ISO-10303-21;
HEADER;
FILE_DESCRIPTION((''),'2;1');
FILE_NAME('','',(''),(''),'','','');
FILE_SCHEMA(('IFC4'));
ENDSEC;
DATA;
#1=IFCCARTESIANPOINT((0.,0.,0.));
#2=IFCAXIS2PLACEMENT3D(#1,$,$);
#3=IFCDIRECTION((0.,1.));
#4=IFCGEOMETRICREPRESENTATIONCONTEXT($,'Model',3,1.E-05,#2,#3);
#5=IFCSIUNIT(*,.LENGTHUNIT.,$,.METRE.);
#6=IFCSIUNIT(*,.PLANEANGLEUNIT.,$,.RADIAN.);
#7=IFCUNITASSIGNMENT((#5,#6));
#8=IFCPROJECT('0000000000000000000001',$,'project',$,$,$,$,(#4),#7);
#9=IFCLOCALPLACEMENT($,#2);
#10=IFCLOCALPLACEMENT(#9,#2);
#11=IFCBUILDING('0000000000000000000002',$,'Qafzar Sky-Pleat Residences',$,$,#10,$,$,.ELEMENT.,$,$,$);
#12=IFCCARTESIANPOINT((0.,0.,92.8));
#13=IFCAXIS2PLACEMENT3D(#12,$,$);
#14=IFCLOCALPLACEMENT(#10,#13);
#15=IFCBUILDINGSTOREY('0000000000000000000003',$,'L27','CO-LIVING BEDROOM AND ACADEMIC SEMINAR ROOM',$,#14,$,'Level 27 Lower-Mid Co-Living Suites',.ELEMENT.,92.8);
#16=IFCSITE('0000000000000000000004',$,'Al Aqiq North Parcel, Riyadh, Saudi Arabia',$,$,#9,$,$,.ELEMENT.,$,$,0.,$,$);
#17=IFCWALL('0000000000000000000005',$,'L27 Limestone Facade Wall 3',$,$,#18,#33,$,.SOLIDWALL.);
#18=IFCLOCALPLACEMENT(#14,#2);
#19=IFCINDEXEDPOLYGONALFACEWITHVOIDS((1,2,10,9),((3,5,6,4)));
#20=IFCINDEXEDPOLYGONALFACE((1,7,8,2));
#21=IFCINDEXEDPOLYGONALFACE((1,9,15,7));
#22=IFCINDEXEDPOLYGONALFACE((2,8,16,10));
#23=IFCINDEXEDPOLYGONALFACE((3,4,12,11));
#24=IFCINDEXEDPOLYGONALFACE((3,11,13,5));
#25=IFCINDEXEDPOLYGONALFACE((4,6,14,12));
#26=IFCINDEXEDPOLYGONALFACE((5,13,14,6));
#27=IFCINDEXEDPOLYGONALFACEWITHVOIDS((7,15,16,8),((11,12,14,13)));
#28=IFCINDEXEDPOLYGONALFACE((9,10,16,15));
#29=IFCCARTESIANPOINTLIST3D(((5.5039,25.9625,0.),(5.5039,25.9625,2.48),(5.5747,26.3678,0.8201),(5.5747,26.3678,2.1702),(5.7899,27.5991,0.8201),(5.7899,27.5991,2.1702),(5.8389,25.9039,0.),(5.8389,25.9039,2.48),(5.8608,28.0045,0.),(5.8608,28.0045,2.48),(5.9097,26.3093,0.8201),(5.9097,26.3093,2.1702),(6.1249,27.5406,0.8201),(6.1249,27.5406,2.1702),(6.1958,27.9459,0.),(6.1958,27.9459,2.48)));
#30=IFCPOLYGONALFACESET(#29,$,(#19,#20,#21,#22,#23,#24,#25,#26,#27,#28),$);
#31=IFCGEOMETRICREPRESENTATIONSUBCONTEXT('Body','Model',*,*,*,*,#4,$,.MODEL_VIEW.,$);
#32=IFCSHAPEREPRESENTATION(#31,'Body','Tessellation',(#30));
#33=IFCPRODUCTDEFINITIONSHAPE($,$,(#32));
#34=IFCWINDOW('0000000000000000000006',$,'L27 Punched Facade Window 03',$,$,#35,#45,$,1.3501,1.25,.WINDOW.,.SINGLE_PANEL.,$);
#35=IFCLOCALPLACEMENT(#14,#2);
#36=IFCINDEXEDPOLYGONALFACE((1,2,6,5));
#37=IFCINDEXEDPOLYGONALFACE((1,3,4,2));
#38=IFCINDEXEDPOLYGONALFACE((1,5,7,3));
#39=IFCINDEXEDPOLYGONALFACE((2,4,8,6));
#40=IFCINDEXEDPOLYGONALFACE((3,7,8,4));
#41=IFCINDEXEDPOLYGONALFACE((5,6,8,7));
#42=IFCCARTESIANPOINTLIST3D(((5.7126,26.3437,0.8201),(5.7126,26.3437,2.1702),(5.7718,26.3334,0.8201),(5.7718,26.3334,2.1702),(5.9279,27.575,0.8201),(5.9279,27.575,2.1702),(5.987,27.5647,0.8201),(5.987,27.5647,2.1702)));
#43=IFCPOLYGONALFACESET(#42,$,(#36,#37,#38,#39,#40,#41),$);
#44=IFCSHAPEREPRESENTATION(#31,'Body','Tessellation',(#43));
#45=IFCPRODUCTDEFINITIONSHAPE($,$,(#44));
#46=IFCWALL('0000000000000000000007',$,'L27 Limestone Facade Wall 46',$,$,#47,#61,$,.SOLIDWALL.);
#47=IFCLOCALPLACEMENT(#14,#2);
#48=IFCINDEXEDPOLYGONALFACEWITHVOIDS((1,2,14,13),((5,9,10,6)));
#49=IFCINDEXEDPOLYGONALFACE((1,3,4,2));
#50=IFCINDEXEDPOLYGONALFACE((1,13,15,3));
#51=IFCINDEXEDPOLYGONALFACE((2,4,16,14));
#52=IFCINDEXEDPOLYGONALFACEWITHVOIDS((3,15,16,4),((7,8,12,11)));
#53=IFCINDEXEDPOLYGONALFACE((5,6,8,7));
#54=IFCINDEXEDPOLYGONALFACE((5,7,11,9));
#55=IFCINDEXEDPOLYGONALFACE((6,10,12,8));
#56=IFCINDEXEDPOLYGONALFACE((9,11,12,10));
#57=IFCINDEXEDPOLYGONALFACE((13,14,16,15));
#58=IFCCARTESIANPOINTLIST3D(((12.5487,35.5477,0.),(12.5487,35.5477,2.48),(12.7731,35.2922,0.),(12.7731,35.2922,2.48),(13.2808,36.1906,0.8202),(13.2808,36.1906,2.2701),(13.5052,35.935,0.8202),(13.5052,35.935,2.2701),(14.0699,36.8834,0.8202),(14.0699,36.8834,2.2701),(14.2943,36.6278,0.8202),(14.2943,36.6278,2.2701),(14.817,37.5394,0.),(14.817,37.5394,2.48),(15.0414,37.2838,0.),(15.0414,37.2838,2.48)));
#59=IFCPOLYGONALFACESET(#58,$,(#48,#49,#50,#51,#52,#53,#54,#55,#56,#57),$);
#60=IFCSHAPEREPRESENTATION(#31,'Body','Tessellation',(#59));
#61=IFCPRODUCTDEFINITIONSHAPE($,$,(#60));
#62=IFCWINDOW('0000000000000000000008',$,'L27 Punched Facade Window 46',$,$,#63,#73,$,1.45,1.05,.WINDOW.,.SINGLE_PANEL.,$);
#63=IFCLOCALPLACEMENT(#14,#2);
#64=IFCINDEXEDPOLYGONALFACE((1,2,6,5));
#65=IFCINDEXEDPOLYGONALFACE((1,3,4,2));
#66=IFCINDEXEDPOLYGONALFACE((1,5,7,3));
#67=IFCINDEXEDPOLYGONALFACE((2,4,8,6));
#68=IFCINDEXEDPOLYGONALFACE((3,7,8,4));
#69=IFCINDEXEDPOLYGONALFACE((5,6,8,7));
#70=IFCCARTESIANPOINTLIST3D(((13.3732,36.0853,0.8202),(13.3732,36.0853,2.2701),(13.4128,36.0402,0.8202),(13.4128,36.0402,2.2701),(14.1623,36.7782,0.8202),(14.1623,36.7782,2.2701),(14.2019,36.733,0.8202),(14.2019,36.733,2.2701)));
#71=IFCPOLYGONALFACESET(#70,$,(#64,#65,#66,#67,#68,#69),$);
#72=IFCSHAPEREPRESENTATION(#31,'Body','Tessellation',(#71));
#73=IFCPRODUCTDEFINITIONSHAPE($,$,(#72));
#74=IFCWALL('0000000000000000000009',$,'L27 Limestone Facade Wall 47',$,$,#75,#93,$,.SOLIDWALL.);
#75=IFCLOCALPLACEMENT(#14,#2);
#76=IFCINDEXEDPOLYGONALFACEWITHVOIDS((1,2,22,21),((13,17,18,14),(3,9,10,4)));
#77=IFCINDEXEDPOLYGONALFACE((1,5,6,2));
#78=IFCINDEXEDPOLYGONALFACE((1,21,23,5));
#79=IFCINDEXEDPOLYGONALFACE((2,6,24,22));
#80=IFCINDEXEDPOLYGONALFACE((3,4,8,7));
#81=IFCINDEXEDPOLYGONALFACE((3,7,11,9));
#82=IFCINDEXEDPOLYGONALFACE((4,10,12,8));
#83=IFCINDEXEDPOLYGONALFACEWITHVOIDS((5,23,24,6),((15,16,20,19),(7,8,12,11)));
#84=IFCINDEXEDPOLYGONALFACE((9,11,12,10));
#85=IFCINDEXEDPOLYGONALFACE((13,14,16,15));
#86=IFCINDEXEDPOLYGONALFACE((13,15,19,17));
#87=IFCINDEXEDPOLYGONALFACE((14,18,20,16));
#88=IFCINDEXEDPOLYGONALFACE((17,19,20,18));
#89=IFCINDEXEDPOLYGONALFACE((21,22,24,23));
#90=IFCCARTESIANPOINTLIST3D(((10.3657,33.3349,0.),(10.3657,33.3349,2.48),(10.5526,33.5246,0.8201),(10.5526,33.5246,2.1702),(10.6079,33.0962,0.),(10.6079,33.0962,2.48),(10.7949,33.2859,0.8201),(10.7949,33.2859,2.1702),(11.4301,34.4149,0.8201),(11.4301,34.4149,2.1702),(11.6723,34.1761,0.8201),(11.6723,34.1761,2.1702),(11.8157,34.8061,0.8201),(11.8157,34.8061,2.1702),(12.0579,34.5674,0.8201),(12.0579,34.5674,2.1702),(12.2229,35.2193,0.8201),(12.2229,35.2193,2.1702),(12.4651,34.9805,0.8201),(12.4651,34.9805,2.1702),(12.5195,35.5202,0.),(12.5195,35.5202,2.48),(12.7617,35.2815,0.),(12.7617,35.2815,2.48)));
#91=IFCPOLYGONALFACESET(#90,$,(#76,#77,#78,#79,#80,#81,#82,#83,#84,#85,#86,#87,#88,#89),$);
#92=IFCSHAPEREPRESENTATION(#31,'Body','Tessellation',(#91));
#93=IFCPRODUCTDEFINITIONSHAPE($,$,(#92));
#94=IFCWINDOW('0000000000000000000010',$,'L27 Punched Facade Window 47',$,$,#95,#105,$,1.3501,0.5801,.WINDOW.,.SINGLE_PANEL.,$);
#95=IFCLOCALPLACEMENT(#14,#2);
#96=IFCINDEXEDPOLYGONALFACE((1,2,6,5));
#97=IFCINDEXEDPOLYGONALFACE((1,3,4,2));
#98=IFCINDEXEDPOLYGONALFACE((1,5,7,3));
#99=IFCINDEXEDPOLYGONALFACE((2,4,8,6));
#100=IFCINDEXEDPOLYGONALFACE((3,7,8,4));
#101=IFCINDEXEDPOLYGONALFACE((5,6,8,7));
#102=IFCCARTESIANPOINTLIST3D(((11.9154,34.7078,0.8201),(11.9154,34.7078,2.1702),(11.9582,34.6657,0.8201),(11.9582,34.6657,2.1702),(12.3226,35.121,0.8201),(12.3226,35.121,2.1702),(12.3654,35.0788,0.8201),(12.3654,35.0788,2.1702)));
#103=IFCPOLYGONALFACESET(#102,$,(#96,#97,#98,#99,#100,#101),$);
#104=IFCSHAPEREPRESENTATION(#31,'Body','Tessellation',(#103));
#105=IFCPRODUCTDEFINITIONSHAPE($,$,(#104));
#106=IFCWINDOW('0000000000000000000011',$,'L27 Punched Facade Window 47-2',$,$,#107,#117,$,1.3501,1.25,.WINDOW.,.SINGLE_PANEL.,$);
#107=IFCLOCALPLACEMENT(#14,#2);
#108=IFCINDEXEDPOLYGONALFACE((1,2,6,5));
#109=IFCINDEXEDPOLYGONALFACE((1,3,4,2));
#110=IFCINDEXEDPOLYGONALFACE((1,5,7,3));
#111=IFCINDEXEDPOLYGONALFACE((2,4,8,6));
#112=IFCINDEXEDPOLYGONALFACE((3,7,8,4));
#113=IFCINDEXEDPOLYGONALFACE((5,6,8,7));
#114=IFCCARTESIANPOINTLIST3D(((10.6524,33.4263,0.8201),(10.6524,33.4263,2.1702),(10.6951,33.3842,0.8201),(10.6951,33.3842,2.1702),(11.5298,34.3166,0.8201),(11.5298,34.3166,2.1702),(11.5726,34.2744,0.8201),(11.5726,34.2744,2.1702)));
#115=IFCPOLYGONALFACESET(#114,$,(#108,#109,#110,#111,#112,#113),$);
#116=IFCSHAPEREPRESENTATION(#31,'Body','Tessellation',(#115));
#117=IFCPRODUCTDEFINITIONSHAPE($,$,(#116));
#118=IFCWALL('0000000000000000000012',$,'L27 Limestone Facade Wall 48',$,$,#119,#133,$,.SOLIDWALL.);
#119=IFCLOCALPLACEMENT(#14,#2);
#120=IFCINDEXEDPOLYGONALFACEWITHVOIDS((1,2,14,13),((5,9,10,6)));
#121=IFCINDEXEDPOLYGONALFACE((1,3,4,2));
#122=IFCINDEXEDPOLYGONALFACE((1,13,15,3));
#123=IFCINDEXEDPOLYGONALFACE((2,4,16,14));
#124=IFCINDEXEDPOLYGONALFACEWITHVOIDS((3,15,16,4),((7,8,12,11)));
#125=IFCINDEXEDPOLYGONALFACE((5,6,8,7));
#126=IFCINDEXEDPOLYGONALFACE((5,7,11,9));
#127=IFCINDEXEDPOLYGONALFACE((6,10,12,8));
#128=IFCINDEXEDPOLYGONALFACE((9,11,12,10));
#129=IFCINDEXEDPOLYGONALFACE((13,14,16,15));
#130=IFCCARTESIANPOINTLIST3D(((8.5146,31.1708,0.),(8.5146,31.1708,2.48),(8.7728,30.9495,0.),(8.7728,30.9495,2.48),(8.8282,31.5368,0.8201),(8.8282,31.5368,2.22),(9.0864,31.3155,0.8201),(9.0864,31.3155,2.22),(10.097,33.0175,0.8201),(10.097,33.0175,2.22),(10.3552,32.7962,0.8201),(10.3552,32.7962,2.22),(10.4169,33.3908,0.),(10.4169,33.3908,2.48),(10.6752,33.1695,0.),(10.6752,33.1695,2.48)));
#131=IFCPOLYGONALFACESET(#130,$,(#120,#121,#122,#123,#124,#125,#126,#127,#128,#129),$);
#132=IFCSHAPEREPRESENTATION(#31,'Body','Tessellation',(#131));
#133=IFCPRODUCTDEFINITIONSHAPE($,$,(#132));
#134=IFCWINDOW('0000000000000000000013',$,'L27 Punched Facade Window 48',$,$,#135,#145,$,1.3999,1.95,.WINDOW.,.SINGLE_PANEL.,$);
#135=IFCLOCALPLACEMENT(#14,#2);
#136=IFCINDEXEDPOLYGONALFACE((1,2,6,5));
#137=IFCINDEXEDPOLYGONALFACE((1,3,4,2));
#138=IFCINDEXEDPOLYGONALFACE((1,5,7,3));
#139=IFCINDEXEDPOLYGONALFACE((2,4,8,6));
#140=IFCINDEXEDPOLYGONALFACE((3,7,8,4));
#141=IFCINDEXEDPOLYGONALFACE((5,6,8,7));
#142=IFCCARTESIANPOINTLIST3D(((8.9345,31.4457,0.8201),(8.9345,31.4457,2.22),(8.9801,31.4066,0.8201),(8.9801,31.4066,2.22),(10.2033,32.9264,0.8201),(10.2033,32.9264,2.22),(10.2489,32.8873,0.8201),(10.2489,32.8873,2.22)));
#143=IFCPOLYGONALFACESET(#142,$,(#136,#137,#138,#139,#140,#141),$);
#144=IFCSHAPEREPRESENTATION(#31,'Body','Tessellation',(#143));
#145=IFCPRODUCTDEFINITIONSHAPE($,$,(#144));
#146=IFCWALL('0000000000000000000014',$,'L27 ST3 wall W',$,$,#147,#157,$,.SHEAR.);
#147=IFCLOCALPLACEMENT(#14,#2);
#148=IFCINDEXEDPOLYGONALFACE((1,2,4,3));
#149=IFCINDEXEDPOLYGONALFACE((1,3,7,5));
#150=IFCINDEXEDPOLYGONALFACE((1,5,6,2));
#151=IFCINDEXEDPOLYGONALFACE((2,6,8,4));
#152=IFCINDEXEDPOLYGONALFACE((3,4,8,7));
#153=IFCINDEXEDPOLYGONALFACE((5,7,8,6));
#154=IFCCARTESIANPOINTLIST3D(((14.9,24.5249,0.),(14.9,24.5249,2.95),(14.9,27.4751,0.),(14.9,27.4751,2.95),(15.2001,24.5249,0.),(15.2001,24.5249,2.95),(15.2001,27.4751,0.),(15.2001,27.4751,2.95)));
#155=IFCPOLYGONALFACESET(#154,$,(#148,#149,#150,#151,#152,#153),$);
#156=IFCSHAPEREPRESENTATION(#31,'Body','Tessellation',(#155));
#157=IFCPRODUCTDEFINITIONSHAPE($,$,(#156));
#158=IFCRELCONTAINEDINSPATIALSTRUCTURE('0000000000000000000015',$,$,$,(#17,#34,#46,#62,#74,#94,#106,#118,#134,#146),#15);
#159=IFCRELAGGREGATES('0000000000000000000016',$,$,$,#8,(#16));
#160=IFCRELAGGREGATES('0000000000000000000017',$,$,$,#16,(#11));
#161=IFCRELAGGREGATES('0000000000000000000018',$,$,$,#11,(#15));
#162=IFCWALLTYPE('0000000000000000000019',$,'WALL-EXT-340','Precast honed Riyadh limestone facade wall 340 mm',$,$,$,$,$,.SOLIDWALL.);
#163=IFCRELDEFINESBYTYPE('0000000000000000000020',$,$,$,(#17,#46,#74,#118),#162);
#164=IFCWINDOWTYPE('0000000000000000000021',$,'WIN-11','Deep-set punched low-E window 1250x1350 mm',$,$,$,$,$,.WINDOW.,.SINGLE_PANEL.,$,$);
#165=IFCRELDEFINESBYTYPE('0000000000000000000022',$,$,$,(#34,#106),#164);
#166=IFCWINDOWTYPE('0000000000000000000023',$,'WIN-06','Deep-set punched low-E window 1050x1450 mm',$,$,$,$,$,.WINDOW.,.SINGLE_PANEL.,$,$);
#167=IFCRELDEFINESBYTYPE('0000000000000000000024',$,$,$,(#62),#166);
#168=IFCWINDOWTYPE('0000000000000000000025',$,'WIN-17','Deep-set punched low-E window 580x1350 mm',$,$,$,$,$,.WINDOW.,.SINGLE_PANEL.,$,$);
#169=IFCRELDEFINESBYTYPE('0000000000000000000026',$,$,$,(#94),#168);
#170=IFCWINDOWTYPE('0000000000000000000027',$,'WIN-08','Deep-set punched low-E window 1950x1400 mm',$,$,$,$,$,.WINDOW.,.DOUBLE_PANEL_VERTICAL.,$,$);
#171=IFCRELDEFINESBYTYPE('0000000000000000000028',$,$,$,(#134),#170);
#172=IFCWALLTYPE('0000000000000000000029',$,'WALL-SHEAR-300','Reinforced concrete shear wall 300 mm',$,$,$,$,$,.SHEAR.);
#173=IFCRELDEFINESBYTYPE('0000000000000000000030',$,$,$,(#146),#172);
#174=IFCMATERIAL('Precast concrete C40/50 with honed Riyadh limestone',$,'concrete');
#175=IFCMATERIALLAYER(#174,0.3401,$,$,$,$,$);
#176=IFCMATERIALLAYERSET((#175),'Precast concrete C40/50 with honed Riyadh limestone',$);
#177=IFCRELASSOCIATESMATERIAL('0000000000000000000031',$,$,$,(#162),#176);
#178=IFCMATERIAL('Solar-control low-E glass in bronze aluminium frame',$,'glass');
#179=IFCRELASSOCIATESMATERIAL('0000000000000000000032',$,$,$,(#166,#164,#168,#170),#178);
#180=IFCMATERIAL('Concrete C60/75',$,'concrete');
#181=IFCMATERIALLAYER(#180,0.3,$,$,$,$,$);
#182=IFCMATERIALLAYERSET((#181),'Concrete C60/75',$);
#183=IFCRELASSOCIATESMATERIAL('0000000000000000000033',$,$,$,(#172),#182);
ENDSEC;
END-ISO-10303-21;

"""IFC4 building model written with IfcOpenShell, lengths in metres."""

from ifc_helpers import new_model, si_unit, direction, frame, frame_2d, origin, place, context, subcontext, project, spatial, rectangle, extrude, source, transform, mapped, material, layer, layer_set, type_object, element, fill, save


model = new_model("IFC4")

# Units and contexts
model_context = context("Model", 3, precision=1e-05, world=origin(), true_north=direction((0.0, 1.0)))
body_context = subcontext(model_context, "Body", "Model", "MODEL_VIEW")
ifc_project = project(units=[si_unit("LENGTHUNIT", "METRE"), si_unit("PLANEANGLEUNIT", "RADIAN")], contexts=[model_context])

# Site, building, storey
site_placement = place(None, origin())
site = spatial("IfcSite", under=ifc_project, at=site_placement, Name="Al Aqiq North Parcel, Riyadh, Saudi Arabia", CompositionType="ELEMENT", RefElevation=0.0)
building_placement = place(site_placement, origin())
building = spatial("IfcBuilding", under=site, at=building_placement, Name="Qafzar Sky-Pleat Residences", CompositionType="ELEMENT")
storey_placement = place(building_placement, frame((0.0, 0.0, 92.8)))
storey = spatial("IfcBuildingStorey", under=building, at=storey_placement, Name="L27", Description="CO-LIVING BEDROOM AND ACADEMIC SEMINAR ROOM", LongName="Level 27 Lower-Mid Co-Living Suites", CompositionType="ELEMENT", Elevation=92.8)

# Shared definitions
ifc_material_1 = material(Name="Concrete C60/75", Category="concrete")

# Walls, openings, windows
ifc_material_2 = material(Name="Precast concrete C40/50 with honed Riyadh limestone", Category="concrete")
ifc_layer_1 = layer(ifc_material_2, 0.3401)
ifc_layer_set_1 = layer_set([ifc_layer_1], Name="Precast concrete C40/50 with honed Riyadh limestone")
wall_type_1 = type_object("IfcWallType", Name="WALL-EXT-340", Description="Precast honed Riyadh limestone facade wall 340 mm", PredefinedType="SOLIDWALL", material=ifc_layer_set_1)
ifc_material_3 = material(Name="Solar-control low-E glass in bronze aluminium frame", Category="glass")
window_type_1 = type_object("IfcWindowType", Name="WIN-06", Description="Deep-set punched low-E window 1050x1450 mm", PartitioningType="SINGLE_PANEL", PredefinedType="WINDOW", material=ifc_material_3)
shared_shape_1 = source(origin(), body_context, "Body", "SweptSolid", [
    extrude(rectangle(XDim=1.05, YDim=1.45, at=frame_2d((0.5249, 0.7251))), frame((0.0, 0.03, 0.0), z_axis=(0.0, -1.0, 0.0), x_axis=(1.0, 0.0, 0.0)), (0.0, 0.0, 1.0), 0.0601),
])
wall_1_placement = place(storey_placement, frame((6.0283, 27.9753, 0.0), z_axis=(0.0, 0.0, 1.0), x_axis=(-0.172186, -0.985064, 0.0)))
wall_1 = element("IfcWall", 1, at=wall_1_placement, inside=storey, type_object=wall_type_1, Name="L27 Limestone Facade Wall 3", PredefinedType="SOLIDWALL", context=body_context, shape_type="SweptSolid", body=[
    extrude(rectangle(XDim=2.073, YDim=0.3401, at=frame_2d((1.0366, 0.0))), origin(), (0.0, 0.0, 1.0), 2.48),
])
opening_1_placement = place(wall_1_placement, frame((0.4116, 0.0, 0.8201)))
opening_1 = element("IfcOpeningElement", 2, at=opening_1_placement, cuts=wall_1, PredefinedType="OPENING", context=body_context, shape_type="SweptSolid", body=[
    extrude(rectangle(XDim=1.25, YDim=1.3501, at=frame_2d((0.625, 0.675))), frame((0.0, 0.1802, 0.0), z_axis=(0.0, -1.0, 0.0), x_axis=(1.0, 0.0, 0.0)), (0.0, 0.0, 1.0), 0.3601),
])
window_type_2 = type_object("IfcWindowType", Name="WIN-11", Description="Deep-set punched low-E window 1250x1350 mm", PartitioningType="SINGLE_PANEL", PredefinedType="WINDOW", material=ifc_material_3)
shared_shape_2 = source(origin(), body_context, "Body", "SweptSolid", [
    extrude(rectangle(XDim=1.25, YDim=1.3501, at=frame_2d((0.625, 0.675))), frame((0.0, 0.03, 0.0), z_axis=(0.0, -1.0, 0.0), x_axis=(1.0, 0.0, 0.0)), (0.0, 0.0, 1.0), 0.0601),
])
window_1_placement = place(opening_1_placement, origin())
window_1 = element("IfcWindow", 3, at=window_1_placement, inside=storey, type_object=window_type_2, Name="L27 Punched Facade Window 03", OverallHeight=1.3501, OverallWidth=1.25, PartitioningType="SINGLE_PANEL", PredefinedType="WINDOW", context=body_context, shape_type="MappedRepresentation", body=[
    mapped(shared_shape_2, transform((0.0, 0.0, 0.0), x_axis=(1.0, 0.0, 0.0), y_axis=(0.0, 1.0, 0.0), z_axis=(0.0, 0.0, 1.0), scale=1.0)),
])
fill(opening_1, window_1)
wall_2_placement = place(storey_placement, frame((14.9292, 37.4116, 0.0), z_axis=(0.0, 0.0, 1.0), x_axis=(-0.751438, -0.659803, 0.0)))
wall_2 = element("IfcWall", 4, at=wall_2_placement, inside=storey, type_object=wall_type_1, Name="L27 Limestone Facade Wall 46", PredefinedType="SOLIDWALL", context=body_context, shape_type="SweptSolid", body=[
    extrude(rectangle(XDim=3.0186, YDim=0.3401, at=frame_2d((1.5093, 0.0))), origin(), (0.0, 0.0, 1.0), 2.48),
])
opening_2_placement = place(wall_2_placement, frame((0.9944, 0.0, 0.8201)))
opening_2 = element("IfcOpeningElement", 5, at=opening_2_placement, cuts=wall_2, PredefinedType="OPENING", context=body_context, shape_type="SweptSolid", body=[
    extrude(rectangle(XDim=1.05, YDim=1.45, at=frame_2d((0.5249, 0.7251))), frame((0.0, 0.1802, 0.0), z_axis=(0.0, -1.0, 0.0), x_axis=(1.0, 0.0, 0.0)), (0.0, 0.0, 1.0), 0.3601),
])
window_2_placement = place(opening_2_placement, origin())
window_2 = element("IfcWindow", 6, at=window_2_placement, inside=storey, type_object=window_type_1, Name="L27 Punched Facade Window 46", OverallHeight=1.45, OverallWidth=1.05, PartitioningType="SINGLE_PANEL", PredefinedType="WINDOW", context=body_context, shape_type="MappedRepresentation", body=[
    mapped(shared_shape_1, transform((0.0, 0.0, 0.0), x_axis=(1.0, 0.0, 0.0), y_axis=(0.0, 1.0, 0.0), z_axis=(0.0, 0.0, 1.0), scale=1.0)),
])
fill(opening_2, window_2)

# Wall, openings, windows
wall_3_placement = place(storey_placement, frame((12.6406, 35.4009, 0.0), z_axis=(0.0, 0.0, 1.0), x_axis=(-0.701956, -0.71222, 0.0)))
wall_3 = element("IfcWall", 7, at=wall_3_placement, inside=storey, type_object=wall_type_1, Name="L27 Limestone Facade Wall 47", PredefinedType="SOLIDWALL", context=body_context, shape_type="SweptSolid", body=[
    extrude(rectangle(XDim=3.0684, YDim=0.3401, at=frame_2d((1.5342, 0.0))), origin(), (0.0, 0.0, 1.0), 2.48),
])
opening_3_placement = place(wall_3_placement, frame((0.4226, 0.0, 0.8201)))
opening_3 = element("IfcOpeningElement", 8, at=opening_3_placement, cuts=wall_3, PredefinedType="OPENING", context=body_context, shape_type="SweptSolid", body=[
    extrude(rectangle(XDim=0.5801, YDim=1.3501, at=frame_2d((0.29, 0.675))), frame((0.0, 0.1802, 0.0), z_axis=(0.0, -1.0, 0.0), x_axis=(1.0, 0.0, 0.0)), (0.0, 0.0, 1.0), 0.3601),
])
opening_4_placement = place(wall_3_placement, frame((1.552, 0.0, 0.8201)))
opening_4 = element("IfcOpeningElement", 9, at=opening_4_placement, cuts=wall_3, PredefinedType="OPENING", context=body_context, shape_type="SweptSolid", body=[
    extrude(rectangle(XDim=1.25, YDim=1.3501, at=frame_2d((0.625, 0.675))), frame((0.0, 0.1802, 0.0), z_axis=(0.0, -1.0, 0.0), x_axis=(1.0, 0.0, 0.0)), (0.0, 0.0, 1.0), 0.3601),
])
window_type_3 = type_object("IfcWindowType", Name="WIN-17", Description="Deep-set punched low-E window 580x1350 mm", PartitioningType="SINGLE_PANEL", PredefinedType="WINDOW", material=ifc_material_3)
shared_shape_3 = source(origin(), body_context, "Body", "SweptSolid", [
    extrude(rectangle(XDim=0.5801, YDim=1.3501, at=frame_2d((0.29, 0.675))), frame((0.0, 0.03, 0.0), z_axis=(0.0, -1.0, 0.0), x_axis=(1.0, 0.0, 0.0)), (0.0, 0.0, 1.0), 0.0601),
])
window_3_placement = place(opening_3_placement, origin())
window_3 = element("IfcWindow", 10, at=window_3_placement, inside=storey, type_object=window_type_3, Name="L27 Punched Facade Window 47", OverallHeight=1.3501, OverallWidth=0.5801, PartitioningType="SINGLE_PANEL", PredefinedType="WINDOW", context=body_context, shape_type="MappedRepresentation", body=[
    mapped(shared_shape_3, transform((0.0, 0.0, 0.0), x_axis=(1.0, 0.0, 0.0), y_axis=(0.0, 1.0, 0.0), z_axis=(0.0, 0.0, 1.0), scale=1.0)),
])
fill(opening_3, window_3)
window_4_placement = place(opening_4_placement, origin())
window_4 = element("IfcWindow", 11, at=window_4_placement, inside=storey, type_object=window_type_2, Name="L27 Punched Facade Window 47-2", OverallHeight=1.3501, OverallWidth=1.25, PartitioningType="SINGLE_PANEL", PredefinedType="WINDOW", context=body_context, shape_type="MappedRepresentation", body=[
    mapped(shared_shape_2, transform((0.0, 0.0, 0.0), x_axis=(1.0, 0.0, 0.0), y_axis=(0.0, 1.0, 0.0), z_axis=(0.0, 0.0, 1.0), scale=1.0)),
])
fill(opening_4, window_4)

# Wall, opening, window
wall_4_placement = place(storey_placement, frame((10.5461, 33.2803, 0.0), z_axis=(0.0, 0.0, 1.0), x_axis=(-0.650695, -0.759339, 0.0)))
wall_4 = element("IfcWall", 12, at=wall_4_placement, inside=storey, type_object=wall_type_1, Name="L27 Limestone Facade Wall 48", PredefinedType="SOLIDWALL", context=body_context, shape_type="SweptSolid", body=[
    extrude(rectangle(XDim=2.9236, YDim=0.3401, at=frame_2d((1.4619, 0.0))), origin(), (0.0, 0.0, 1.0), 2.48),
])
opening_5_placement = place(wall_4_placement, frame((0.4917, 0.0, 0.8201)))
opening_5 = element("IfcOpeningElement", 13, at=opening_5_placement, cuts=wall_4, PredefinedType="OPENING", context=body_context, shape_type="SweptSolid", body=[
    extrude(rectangle(XDim=1.95, YDim=1.3999, at=frame_2d((0.9751, 0.7))), frame((0.0, 0.1802, 0.0), z_axis=(0.0, -1.0, 0.0), x_axis=(1.0, 0.0, 0.0)), (0.0, 0.0, 1.0), 0.3601),
])
window_type_4 = type_object("IfcWindowType", Name="WIN-08", Description="Deep-set punched low-E window 1950x1400 mm", PartitioningType="DOUBLE_PANEL_VERTICAL", PredefinedType="WINDOW", material=ifc_material_3)
shared_shape_4 = source(origin(), body_context, "Body", "SweptSolid", [
    extrude(rectangle(XDim=1.95, YDim=1.3999, at=frame_2d((0.9751, 0.7))), frame((0.0, 0.03, 0.0), z_axis=(0.0, -1.0, 0.0), x_axis=(1.0, 0.0, 0.0)), (0.0, 0.0, 1.0), 0.0601),
])
window_5_placement = place(opening_5_placement, origin())
window_5 = element("IfcWindow", 14, at=window_5_placement, inside=storey, type_object=window_type_4, Name="L27 Punched Facade Window 48", OverallHeight=1.3999, OverallWidth=1.95, PartitioningType="SINGLE_PANEL", PredefinedType="WINDOW", context=body_context, shape_type="MappedRepresentation", body=[
    mapped(shared_shape_4, transform((0.0, 0.0, 0.0), x_axis=(1.0, 0.0, 0.0), y_axis=(0.0, 1.0, 0.0), z_axis=(0.0, 0.0, 1.0), scale=1.0)),
])
fill(opening_5, window_5)

# Wall
ifc_layer_2 = layer(ifc_material_1, 0.3)
ifc_layer_set_2 = layer_set([ifc_layer_2], Name="Concrete C60/75")
wall_type_2 = type_object("IfcWallType", Name="WALL-SHEAR-300", Description="Reinforced concrete shear wall 300 mm", PredefinedType="SHEAR", material=ifc_layer_set_2)
wall_5_placement = place(storey_placement, frame((15.05, 27.4751, 0.0), z_axis=(0.0, 0.0, 1.0), x_axis=(0.0, -1.0, 0.0)))
element("IfcWall", 15, at=wall_5_placement, inside=storey, type_object=wall_type_2, Name="L27 ST3 wall W", PredefinedType="SHEAR", context=body_context, shape_type="SweptSolid", body=[
    extrude(rectangle(XDim=2.9502, YDim=0.3, at=frame_2d((1.4751, 0.0))), origin(), (0.0, 0.0, 1.0), 2.95),
])

save(model, "model.ifc")
